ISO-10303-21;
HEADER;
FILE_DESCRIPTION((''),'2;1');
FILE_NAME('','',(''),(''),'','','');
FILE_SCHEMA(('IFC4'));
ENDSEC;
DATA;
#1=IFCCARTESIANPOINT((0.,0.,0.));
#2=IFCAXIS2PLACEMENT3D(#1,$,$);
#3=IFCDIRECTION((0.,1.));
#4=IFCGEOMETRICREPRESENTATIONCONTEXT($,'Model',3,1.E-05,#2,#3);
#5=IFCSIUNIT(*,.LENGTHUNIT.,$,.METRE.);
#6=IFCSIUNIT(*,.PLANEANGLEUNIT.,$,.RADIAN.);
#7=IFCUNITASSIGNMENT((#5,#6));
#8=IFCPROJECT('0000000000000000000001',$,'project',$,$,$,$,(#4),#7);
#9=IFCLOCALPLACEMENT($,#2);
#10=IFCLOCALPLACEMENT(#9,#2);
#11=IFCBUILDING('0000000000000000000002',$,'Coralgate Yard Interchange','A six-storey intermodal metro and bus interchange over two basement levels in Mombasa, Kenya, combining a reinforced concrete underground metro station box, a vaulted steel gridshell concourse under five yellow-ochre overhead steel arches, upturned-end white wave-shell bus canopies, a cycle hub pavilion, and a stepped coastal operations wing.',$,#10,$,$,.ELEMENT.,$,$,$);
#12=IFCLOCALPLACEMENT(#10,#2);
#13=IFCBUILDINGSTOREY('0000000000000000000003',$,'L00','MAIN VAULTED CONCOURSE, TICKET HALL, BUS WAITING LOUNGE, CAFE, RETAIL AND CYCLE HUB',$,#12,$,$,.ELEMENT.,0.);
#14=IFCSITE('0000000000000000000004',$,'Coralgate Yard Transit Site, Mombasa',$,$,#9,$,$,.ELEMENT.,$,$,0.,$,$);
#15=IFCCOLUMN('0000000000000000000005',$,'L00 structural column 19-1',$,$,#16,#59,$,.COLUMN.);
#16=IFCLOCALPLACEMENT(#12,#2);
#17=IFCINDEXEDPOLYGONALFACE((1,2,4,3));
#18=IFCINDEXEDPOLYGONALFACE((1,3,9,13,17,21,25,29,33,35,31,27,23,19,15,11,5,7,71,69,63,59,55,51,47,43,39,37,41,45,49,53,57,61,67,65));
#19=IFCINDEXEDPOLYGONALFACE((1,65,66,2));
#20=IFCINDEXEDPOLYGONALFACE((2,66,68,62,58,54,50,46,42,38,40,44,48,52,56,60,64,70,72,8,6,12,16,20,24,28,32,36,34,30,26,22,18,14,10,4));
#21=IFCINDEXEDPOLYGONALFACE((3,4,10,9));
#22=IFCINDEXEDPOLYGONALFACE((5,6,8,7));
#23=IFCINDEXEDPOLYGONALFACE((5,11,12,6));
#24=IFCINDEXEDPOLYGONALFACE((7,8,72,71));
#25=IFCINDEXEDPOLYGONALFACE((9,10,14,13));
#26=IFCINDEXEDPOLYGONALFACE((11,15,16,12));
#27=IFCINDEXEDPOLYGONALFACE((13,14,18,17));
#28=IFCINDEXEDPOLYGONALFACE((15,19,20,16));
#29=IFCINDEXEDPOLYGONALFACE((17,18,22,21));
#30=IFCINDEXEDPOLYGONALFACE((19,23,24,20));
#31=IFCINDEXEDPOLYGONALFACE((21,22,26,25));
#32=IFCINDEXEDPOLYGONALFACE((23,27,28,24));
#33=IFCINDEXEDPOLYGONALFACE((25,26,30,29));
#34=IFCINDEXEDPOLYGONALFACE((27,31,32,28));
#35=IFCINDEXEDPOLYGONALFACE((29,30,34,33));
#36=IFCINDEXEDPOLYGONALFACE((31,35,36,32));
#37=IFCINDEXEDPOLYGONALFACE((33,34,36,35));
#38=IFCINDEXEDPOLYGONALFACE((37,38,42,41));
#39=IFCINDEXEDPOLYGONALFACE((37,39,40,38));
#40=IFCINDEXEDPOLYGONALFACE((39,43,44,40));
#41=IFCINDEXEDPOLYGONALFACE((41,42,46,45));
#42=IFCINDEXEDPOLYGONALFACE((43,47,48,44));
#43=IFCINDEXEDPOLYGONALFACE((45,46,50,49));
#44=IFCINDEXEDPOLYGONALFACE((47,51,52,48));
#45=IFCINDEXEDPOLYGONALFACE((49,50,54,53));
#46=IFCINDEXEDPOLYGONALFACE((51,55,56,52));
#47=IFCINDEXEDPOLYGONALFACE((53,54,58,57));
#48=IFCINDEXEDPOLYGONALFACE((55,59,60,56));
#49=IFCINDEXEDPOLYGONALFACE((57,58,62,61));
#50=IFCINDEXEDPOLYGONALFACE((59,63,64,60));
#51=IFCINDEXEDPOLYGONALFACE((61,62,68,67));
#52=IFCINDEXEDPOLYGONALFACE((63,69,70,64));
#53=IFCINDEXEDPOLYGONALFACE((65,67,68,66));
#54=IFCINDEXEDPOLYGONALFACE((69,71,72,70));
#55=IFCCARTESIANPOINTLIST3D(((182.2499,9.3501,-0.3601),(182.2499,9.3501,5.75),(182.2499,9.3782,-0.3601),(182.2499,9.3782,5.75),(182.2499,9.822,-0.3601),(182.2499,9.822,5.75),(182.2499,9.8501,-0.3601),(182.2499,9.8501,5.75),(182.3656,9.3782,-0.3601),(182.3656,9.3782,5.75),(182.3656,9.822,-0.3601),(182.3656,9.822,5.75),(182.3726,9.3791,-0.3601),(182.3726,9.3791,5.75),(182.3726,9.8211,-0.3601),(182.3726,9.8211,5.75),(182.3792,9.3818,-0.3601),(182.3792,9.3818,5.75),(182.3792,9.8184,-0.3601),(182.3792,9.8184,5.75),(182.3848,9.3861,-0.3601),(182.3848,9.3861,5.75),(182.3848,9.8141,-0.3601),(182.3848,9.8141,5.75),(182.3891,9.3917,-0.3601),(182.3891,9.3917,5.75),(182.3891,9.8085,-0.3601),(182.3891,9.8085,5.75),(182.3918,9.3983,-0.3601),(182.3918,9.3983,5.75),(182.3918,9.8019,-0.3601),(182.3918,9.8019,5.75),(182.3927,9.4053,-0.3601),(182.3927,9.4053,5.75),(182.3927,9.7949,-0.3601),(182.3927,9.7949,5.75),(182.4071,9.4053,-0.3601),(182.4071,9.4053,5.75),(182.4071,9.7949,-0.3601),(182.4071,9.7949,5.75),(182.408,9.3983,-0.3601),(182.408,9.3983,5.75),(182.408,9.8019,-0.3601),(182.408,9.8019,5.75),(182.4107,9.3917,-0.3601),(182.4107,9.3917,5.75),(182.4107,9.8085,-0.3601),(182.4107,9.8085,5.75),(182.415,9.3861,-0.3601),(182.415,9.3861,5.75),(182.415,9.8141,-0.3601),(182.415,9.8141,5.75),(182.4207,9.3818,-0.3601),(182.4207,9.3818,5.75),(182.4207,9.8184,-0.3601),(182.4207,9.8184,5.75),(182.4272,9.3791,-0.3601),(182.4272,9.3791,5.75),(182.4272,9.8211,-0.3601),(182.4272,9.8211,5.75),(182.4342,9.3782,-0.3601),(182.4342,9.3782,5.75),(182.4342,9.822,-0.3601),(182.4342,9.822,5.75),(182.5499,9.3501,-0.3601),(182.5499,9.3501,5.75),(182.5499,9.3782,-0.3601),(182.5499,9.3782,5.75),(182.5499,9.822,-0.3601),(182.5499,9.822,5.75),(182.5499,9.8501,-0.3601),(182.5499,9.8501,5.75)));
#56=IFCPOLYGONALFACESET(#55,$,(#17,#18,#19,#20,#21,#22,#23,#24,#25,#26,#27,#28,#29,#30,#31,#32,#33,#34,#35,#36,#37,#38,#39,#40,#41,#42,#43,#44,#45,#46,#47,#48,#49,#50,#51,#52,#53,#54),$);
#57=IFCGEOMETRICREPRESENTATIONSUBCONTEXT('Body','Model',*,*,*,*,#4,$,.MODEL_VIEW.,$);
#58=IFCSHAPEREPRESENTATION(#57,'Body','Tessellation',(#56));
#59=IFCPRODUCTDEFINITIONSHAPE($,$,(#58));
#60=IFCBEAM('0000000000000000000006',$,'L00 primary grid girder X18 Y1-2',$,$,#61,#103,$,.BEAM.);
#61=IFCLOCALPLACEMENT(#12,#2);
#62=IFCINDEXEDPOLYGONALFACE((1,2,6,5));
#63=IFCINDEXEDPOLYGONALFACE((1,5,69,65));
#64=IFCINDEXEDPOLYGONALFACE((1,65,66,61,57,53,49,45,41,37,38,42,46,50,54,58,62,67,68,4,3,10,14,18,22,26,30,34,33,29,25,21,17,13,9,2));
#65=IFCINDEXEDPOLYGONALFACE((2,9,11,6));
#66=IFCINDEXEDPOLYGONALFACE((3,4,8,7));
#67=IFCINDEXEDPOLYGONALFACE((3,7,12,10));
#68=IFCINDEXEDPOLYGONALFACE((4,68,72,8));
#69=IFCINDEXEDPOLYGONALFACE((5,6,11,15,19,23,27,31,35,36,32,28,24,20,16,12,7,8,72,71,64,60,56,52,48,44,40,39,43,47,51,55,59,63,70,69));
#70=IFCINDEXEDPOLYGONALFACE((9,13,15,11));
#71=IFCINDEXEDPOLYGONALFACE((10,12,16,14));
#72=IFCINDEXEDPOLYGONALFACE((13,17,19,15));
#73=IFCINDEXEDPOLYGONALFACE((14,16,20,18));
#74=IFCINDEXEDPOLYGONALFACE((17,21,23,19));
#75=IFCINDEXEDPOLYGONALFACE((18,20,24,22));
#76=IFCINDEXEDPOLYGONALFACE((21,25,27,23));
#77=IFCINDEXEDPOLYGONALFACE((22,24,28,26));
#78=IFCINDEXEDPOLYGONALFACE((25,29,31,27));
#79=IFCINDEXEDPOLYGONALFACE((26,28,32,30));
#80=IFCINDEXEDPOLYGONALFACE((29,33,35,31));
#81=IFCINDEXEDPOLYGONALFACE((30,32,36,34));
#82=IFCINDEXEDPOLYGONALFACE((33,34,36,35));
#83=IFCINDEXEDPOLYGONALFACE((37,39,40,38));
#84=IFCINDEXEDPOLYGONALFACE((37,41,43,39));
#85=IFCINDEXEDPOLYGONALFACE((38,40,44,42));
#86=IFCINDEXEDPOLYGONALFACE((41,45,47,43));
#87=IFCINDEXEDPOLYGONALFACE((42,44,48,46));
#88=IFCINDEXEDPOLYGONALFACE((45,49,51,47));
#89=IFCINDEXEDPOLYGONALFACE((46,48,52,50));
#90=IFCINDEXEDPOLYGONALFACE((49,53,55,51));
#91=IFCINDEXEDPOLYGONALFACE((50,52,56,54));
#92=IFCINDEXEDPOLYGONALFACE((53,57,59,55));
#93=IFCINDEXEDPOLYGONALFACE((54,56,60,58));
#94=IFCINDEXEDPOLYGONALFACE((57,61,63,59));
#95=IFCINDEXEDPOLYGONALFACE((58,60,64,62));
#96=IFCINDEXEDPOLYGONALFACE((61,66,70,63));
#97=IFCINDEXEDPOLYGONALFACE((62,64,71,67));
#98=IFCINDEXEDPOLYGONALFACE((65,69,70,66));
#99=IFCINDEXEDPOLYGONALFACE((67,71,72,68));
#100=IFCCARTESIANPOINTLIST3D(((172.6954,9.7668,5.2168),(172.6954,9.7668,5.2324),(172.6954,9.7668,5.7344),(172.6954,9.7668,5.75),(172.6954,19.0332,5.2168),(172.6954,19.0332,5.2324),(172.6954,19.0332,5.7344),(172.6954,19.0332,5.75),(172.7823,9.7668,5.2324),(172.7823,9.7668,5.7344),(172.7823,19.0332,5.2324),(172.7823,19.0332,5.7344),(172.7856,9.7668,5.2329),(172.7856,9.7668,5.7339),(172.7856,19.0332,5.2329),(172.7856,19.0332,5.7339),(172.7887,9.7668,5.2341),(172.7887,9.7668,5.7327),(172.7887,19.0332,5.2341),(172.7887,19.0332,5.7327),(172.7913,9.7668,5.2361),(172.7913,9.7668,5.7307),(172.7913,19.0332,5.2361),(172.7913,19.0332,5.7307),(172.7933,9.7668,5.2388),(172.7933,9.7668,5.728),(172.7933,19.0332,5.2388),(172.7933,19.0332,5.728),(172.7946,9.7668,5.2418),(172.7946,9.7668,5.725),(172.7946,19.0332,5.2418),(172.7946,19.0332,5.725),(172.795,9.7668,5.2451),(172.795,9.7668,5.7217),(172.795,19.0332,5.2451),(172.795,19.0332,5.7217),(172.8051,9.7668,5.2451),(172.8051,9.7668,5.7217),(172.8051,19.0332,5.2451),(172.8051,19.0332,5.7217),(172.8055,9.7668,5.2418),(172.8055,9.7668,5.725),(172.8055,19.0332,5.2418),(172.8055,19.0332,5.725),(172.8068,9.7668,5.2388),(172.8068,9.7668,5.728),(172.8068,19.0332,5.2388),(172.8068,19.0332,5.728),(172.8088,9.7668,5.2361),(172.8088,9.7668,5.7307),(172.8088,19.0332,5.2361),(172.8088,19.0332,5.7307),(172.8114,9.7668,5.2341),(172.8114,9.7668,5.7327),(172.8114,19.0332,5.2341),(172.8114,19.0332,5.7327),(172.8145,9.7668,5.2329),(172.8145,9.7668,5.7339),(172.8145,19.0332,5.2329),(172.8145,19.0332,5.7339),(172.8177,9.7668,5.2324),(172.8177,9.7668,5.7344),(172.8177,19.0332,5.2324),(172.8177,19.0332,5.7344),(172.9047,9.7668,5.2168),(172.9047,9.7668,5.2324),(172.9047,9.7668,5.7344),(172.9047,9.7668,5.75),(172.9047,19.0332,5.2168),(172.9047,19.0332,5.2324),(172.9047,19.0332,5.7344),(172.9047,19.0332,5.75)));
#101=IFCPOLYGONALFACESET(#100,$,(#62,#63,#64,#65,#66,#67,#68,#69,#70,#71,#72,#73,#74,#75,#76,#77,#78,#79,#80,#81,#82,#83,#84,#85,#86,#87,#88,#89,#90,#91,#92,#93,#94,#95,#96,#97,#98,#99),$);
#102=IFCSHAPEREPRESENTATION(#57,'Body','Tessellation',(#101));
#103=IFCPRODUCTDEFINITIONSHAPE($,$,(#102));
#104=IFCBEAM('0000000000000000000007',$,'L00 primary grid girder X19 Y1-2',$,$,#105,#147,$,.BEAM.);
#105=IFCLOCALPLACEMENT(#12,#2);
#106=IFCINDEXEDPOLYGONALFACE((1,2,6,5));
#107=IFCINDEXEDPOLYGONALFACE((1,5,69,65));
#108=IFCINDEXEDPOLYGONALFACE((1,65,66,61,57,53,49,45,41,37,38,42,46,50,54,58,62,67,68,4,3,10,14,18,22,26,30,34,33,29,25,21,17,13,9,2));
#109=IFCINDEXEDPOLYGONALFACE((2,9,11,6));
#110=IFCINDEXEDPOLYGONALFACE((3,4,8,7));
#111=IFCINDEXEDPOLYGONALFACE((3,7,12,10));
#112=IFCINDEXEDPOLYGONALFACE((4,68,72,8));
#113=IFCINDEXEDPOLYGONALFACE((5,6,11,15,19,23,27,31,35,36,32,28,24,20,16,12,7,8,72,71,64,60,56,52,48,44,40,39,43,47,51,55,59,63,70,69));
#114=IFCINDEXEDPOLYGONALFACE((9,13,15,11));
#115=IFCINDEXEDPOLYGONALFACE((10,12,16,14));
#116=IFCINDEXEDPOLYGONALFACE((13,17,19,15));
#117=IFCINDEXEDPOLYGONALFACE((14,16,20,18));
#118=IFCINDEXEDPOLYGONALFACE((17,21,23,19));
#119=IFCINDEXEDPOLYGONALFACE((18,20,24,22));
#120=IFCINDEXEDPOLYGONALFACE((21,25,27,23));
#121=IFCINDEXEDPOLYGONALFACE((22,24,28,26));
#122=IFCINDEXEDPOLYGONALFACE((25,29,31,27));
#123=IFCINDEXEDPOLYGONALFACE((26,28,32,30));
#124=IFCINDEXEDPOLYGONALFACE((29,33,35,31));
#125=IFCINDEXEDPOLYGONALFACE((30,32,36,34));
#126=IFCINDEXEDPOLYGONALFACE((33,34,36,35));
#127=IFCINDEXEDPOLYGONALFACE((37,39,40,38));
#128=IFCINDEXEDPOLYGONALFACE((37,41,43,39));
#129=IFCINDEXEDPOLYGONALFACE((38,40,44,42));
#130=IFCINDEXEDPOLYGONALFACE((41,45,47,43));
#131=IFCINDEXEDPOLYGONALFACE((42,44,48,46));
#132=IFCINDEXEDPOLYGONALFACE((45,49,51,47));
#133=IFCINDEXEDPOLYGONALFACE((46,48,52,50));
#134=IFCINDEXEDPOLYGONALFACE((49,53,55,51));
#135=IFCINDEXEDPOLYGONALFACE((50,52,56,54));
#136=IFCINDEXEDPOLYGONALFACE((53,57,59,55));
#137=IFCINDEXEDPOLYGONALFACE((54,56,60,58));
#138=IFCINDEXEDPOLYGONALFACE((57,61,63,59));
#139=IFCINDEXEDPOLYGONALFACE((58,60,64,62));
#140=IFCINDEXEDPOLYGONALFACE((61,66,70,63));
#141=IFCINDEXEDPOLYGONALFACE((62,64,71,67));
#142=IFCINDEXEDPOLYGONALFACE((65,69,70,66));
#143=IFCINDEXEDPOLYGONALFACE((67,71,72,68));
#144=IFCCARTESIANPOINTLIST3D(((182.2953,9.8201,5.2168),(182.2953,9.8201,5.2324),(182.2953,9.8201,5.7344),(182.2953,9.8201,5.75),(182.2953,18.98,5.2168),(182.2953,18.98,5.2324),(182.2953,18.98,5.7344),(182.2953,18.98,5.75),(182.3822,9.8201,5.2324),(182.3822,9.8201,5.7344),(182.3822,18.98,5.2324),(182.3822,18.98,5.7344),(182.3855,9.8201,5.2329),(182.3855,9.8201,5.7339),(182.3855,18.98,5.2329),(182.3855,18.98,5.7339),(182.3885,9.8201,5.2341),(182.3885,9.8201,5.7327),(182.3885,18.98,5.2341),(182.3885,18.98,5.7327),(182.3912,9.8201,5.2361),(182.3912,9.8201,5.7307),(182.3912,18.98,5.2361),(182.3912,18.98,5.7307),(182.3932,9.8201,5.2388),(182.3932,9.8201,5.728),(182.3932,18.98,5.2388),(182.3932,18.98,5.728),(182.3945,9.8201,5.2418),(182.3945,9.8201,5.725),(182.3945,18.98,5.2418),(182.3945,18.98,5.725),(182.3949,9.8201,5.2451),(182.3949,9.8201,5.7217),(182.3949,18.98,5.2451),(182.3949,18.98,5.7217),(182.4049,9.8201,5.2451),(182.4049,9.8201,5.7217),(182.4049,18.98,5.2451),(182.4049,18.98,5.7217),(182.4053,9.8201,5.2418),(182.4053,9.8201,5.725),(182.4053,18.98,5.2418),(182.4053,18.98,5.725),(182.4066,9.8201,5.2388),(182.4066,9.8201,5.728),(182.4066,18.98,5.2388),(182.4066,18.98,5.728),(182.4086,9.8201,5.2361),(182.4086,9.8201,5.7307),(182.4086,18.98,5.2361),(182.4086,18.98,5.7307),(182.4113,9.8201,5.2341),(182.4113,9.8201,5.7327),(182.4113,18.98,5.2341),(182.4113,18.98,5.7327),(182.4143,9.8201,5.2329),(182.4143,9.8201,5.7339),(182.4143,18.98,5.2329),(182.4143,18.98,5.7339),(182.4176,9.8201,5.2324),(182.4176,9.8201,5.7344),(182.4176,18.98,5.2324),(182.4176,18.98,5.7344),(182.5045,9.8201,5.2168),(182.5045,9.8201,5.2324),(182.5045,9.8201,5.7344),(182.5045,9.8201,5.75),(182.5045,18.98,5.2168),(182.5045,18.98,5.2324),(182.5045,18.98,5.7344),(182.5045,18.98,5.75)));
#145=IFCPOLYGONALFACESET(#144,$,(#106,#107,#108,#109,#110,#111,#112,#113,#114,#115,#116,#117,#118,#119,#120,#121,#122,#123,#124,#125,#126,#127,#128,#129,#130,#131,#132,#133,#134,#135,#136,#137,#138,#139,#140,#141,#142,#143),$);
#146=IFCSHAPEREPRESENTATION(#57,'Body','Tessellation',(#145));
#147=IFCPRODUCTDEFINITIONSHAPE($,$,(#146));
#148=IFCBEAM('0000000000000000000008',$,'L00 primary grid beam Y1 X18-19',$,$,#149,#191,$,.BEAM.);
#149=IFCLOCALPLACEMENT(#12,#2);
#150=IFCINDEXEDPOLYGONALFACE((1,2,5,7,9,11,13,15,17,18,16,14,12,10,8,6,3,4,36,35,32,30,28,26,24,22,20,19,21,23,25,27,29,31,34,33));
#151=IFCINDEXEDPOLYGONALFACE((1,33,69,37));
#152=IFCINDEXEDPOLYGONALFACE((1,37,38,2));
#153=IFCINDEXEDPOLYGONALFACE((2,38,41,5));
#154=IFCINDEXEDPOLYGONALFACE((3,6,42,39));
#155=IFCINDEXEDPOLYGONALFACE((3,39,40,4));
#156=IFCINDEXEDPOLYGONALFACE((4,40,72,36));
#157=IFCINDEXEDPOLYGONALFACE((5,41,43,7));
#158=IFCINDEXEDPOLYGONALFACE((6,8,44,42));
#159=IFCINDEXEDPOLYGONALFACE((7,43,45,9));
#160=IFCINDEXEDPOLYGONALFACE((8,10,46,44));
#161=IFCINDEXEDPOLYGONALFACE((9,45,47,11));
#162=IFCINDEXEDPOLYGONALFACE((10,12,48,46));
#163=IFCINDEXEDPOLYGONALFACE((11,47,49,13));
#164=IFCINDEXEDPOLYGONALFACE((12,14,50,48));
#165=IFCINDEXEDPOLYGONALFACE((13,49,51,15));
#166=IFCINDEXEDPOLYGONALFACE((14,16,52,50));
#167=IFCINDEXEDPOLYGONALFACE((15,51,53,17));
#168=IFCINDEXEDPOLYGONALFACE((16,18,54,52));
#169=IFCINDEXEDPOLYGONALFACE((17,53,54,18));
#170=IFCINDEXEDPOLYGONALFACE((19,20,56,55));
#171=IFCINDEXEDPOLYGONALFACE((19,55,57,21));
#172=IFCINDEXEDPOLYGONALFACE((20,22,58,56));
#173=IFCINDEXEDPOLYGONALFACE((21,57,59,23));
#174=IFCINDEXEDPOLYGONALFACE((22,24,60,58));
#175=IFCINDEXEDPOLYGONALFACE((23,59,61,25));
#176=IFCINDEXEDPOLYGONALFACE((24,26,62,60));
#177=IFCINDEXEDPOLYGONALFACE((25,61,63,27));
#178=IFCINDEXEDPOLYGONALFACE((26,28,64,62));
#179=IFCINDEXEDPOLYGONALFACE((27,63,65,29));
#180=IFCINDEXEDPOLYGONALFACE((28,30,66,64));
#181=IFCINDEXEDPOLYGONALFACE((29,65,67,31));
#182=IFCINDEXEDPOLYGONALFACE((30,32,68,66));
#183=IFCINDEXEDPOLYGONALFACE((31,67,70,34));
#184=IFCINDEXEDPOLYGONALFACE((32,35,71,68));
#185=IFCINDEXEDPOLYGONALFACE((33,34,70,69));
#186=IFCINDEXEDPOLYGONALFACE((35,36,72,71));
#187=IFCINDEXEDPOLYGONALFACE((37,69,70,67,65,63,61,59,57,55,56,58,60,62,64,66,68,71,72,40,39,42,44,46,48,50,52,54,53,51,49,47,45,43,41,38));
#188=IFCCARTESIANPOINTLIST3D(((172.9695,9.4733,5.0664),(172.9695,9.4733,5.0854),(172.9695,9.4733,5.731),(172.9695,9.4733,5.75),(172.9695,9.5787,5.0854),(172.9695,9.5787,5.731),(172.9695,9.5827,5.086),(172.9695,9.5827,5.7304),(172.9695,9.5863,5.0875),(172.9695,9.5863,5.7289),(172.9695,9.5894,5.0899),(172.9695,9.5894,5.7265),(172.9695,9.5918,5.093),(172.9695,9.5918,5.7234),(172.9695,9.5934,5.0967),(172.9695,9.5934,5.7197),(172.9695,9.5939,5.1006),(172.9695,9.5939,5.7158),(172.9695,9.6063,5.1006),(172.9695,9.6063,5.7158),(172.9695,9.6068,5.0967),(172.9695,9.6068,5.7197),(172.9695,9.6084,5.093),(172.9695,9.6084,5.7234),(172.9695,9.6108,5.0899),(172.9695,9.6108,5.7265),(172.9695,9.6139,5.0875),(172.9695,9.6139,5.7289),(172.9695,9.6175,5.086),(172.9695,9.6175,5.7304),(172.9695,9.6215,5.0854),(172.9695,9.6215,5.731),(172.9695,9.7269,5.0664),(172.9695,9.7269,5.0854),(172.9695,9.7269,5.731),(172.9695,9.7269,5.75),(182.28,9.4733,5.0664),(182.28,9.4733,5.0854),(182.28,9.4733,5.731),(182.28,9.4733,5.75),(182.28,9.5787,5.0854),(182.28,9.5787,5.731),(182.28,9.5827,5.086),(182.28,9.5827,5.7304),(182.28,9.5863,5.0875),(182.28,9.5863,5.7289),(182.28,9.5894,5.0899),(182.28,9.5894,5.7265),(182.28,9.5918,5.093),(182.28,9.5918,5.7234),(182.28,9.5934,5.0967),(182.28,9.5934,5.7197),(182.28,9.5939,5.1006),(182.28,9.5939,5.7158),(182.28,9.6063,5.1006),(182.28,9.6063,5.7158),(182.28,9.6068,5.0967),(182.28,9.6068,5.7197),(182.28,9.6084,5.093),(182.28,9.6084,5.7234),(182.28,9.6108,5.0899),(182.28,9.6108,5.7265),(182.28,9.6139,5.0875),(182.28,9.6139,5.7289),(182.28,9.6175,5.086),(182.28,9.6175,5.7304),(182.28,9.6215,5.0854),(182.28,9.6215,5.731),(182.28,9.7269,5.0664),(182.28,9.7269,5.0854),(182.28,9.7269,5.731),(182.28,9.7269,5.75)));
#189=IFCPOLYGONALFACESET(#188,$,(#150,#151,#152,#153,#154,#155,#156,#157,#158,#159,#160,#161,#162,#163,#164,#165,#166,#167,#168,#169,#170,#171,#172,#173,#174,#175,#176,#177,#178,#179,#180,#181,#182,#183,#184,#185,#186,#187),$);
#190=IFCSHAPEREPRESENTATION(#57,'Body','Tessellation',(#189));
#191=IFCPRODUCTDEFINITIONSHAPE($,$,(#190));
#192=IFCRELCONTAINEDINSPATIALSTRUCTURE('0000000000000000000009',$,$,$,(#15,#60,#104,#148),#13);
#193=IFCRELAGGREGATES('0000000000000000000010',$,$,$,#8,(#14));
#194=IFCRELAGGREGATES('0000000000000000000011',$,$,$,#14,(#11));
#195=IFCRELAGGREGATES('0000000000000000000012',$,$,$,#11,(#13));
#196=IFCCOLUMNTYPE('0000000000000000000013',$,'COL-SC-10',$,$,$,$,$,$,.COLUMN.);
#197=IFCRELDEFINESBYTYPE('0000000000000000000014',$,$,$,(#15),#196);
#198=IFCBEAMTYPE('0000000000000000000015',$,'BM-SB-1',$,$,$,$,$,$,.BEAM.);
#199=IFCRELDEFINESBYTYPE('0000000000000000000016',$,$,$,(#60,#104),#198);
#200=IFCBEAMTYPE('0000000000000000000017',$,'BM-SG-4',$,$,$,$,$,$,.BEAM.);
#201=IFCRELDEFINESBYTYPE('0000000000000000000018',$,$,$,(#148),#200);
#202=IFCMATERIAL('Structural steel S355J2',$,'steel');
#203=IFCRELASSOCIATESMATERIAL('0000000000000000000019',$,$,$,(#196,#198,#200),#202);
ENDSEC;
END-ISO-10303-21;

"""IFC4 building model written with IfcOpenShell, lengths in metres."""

from ifc_helpers import new_model, si_unit, direction, frame, origin, origin_2d, place, context, subcontext, project, spatial, i_section, extrude, material, material_profile, profile_set, type_object, element, save


model = new_model("IFC4")

# Units and contexts
model_context = context("Model", 3, precision=1e-05, world=origin(), true_north=direction((0.0, 1.0)))
body_context = subcontext(model_context, "Body", "Model", "MODEL_VIEW")
ifc_project = project(units=[si_unit("LENGTHUNIT", "METRE"), si_unit("PLANEANGLEUNIT", "RADIAN")], contexts=[model_context])

# Site, building, storey
site_placement = place(None, origin())
site = spatial("IfcSite", under=ifc_project, at=site_placement, Name="Coralgate Yard Transit Site, Mombasa", CompositionType="ELEMENT", RefElevation=0.0)
building_placement = place(site_placement, origin())
building = spatial("IfcBuilding", under=site, at=building_placement, Name="Coralgate Yard Interchange", Description="A six-storey intermodal metro and bus interchange over two basement levels in Mombasa, Kenya, combining a reinforced concrete underground metro station box, a vaulted steel gridshell concourse under five yellow-ochre overhead steel arches, upturned-end white wave-shell bus canopies, a cycle hub pavilion, and a stepped coastal operations wing.", CompositionType="ELEMENT")
storey_placement = place(building_placement, origin())
storey = spatial("IfcBuildingStorey", under=building, at=storey_placement, Name="L00", Description="MAIN VAULTED CONCOURSE, TICKET HALL, BUS WAITING LOUNGE, CAFE, RETAIL AND CYCLE HUB", CompositionType="ELEMENT", Elevation=0.0)

# Column
ifc_material_1 = material(Name="Structural steel S355J2", Category="steel")
ifc_material_profile_1 = material_profile(ifc_material_1, i_section(OverallWidth=0.3, OverallDepth=0.5, WebThickness=0.0144, FlangeThickness=0.0281, FilletRadius=0.0271, at=origin_2d()), Name="HEB 500")
ifc_profile_set_1 = profile_set([ifc_material_profile_1], Name="Structural steel S355J2")
column_type_1 = type_object("IfcColumnType", Name="COL-SC-10", PredefinedType="COLUMN", material=ifc_profile_set_1)
column_1_placement = place(storey_placement, frame((182.3999, 9.6001, -0.3601), z_axis=(0.0, 0.0, 1.0), x_axis=(1.0, 0.0, 0.0)))
element("IfcColumn", 1, at=column_1_placement, inside=storey, type_object=column_type_1, Name="L00 structural column 19-1", PredefinedType="COLUMN", context=body_context, shape_type="SweptSolid", body=[
    extrude(i_section(OverallWidth=0.3, OverallDepth=0.5, WebThickness=0.0144, FlangeThickness=0.0281, FilletRadius=0.0271, at=origin_2d()), origin(), (0.0, 0.0, 1.0), 6.1101),
])

# Beams
ifc_material_profile_2 = material_profile(ifc_material_1, i_section(OverallWidth=0.2092, OverallDepth=0.5332, WebThickness=0.01, FlangeThickness=0.0156, FilletRadius=0.0127, at=origin_2d()), Name="UB 533x210x92")
ifc_profile_set_2 = profile_set([ifc_material_profile_2], Name="Structural steel S355J2")
beam_type_1 = type_object("IfcBeamType", Name="BM-SB-1", PredefinedType="BEAM", material=ifc_profile_set_2)
beam_1_placement = place(storey_placement, frame((172.8, 9.7668, 5.4834), z_axis=(0.0, 1.0, 0.0), x_axis=(-1.0, 0.0, 0.0)))
element("IfcBeam", 2, at=beam_1_placement, inside=storey, type_object=beam_type_1, Name="L00 primary grid girder X18 Y1-2", PredefinedType="BEAM", context=body_context, shape_type="SweptSolid", body=[
    extrude(i_section(OverallWidth=0.2092, OverallDepth=0.5332, WebThickness=0.01, FlangeThickness=0.0156, FilletRadius=0.0127, at=origin_2d()), origin(), (0.0, 0.0, 1.0), 9.2664),
])
beam_2_placement = place(storey_placement, frame((182.3999, 9.8201, 5.4834), z_axis=(0.0, 1.0, 0.0), x_axis=(-1.0, 0.0, 0.0)))
element("IfcBeam", 3, at=beam_2_placement, inside=storey, type_object=beam_type_1, Name="L00 primary grid girder X19 Y1-2", PredefinedType="BEAM", context=body_context, shape_type="SweptSolid", body=[
    extrude(i_section(OverallWidth=0.2092, OverallDepth=0.5332, WebThickness=0.01, FlangeThickness=0.0156, FilletRadius=0.0127, at=origin_2d()), origin(), (0.0, 0.0, 1.0), 9.1599),
])
ifc_material_profile_3 = material_profile(ifc_material_1, i_section(OverallWidth=0.2537, OverallDepth=0.6836, WebThickness=0.0125, FlangeThickness=0.019, FilletRadius=0.0151, at=origin_2d()), Name="UB 686x254x140")
ifc_profile_set_3 = profile_set([ifc_material_profile_3], Name="Structural steel S355J2")
beam_type_2 = type_object("IfcBeamType", Name="BM-SG-4", PredefinedType="BEAM", material=ifc_profile_set_3)
beam_3_placement = place(storey_placement, frame((172.9695, 9.6001, 5.4082), z_axis=(1.0, 0.0, 0.0), x_axis=(0.0, 1.0, 0.0)))
element("IfcBeam", 4, at=beam_3_placement, inside=storey, type_object=beam_type_2, Name="L00 primary grid beam Y1 X18-19", PredefinedType="BEAM", context=body_context, shape_type="SweptSolid", body=[
    extrude(i_section(OverallWidth=0.2537, OverallDepth=0.6836, WebThickness=0.0125, FlangeThickness=0.019, FilletRadius=0.0151, at=origin_2d()), origin(), (0.0, 0.0, 1.0), 9.3105),
])

save(model, "model.ifc")
